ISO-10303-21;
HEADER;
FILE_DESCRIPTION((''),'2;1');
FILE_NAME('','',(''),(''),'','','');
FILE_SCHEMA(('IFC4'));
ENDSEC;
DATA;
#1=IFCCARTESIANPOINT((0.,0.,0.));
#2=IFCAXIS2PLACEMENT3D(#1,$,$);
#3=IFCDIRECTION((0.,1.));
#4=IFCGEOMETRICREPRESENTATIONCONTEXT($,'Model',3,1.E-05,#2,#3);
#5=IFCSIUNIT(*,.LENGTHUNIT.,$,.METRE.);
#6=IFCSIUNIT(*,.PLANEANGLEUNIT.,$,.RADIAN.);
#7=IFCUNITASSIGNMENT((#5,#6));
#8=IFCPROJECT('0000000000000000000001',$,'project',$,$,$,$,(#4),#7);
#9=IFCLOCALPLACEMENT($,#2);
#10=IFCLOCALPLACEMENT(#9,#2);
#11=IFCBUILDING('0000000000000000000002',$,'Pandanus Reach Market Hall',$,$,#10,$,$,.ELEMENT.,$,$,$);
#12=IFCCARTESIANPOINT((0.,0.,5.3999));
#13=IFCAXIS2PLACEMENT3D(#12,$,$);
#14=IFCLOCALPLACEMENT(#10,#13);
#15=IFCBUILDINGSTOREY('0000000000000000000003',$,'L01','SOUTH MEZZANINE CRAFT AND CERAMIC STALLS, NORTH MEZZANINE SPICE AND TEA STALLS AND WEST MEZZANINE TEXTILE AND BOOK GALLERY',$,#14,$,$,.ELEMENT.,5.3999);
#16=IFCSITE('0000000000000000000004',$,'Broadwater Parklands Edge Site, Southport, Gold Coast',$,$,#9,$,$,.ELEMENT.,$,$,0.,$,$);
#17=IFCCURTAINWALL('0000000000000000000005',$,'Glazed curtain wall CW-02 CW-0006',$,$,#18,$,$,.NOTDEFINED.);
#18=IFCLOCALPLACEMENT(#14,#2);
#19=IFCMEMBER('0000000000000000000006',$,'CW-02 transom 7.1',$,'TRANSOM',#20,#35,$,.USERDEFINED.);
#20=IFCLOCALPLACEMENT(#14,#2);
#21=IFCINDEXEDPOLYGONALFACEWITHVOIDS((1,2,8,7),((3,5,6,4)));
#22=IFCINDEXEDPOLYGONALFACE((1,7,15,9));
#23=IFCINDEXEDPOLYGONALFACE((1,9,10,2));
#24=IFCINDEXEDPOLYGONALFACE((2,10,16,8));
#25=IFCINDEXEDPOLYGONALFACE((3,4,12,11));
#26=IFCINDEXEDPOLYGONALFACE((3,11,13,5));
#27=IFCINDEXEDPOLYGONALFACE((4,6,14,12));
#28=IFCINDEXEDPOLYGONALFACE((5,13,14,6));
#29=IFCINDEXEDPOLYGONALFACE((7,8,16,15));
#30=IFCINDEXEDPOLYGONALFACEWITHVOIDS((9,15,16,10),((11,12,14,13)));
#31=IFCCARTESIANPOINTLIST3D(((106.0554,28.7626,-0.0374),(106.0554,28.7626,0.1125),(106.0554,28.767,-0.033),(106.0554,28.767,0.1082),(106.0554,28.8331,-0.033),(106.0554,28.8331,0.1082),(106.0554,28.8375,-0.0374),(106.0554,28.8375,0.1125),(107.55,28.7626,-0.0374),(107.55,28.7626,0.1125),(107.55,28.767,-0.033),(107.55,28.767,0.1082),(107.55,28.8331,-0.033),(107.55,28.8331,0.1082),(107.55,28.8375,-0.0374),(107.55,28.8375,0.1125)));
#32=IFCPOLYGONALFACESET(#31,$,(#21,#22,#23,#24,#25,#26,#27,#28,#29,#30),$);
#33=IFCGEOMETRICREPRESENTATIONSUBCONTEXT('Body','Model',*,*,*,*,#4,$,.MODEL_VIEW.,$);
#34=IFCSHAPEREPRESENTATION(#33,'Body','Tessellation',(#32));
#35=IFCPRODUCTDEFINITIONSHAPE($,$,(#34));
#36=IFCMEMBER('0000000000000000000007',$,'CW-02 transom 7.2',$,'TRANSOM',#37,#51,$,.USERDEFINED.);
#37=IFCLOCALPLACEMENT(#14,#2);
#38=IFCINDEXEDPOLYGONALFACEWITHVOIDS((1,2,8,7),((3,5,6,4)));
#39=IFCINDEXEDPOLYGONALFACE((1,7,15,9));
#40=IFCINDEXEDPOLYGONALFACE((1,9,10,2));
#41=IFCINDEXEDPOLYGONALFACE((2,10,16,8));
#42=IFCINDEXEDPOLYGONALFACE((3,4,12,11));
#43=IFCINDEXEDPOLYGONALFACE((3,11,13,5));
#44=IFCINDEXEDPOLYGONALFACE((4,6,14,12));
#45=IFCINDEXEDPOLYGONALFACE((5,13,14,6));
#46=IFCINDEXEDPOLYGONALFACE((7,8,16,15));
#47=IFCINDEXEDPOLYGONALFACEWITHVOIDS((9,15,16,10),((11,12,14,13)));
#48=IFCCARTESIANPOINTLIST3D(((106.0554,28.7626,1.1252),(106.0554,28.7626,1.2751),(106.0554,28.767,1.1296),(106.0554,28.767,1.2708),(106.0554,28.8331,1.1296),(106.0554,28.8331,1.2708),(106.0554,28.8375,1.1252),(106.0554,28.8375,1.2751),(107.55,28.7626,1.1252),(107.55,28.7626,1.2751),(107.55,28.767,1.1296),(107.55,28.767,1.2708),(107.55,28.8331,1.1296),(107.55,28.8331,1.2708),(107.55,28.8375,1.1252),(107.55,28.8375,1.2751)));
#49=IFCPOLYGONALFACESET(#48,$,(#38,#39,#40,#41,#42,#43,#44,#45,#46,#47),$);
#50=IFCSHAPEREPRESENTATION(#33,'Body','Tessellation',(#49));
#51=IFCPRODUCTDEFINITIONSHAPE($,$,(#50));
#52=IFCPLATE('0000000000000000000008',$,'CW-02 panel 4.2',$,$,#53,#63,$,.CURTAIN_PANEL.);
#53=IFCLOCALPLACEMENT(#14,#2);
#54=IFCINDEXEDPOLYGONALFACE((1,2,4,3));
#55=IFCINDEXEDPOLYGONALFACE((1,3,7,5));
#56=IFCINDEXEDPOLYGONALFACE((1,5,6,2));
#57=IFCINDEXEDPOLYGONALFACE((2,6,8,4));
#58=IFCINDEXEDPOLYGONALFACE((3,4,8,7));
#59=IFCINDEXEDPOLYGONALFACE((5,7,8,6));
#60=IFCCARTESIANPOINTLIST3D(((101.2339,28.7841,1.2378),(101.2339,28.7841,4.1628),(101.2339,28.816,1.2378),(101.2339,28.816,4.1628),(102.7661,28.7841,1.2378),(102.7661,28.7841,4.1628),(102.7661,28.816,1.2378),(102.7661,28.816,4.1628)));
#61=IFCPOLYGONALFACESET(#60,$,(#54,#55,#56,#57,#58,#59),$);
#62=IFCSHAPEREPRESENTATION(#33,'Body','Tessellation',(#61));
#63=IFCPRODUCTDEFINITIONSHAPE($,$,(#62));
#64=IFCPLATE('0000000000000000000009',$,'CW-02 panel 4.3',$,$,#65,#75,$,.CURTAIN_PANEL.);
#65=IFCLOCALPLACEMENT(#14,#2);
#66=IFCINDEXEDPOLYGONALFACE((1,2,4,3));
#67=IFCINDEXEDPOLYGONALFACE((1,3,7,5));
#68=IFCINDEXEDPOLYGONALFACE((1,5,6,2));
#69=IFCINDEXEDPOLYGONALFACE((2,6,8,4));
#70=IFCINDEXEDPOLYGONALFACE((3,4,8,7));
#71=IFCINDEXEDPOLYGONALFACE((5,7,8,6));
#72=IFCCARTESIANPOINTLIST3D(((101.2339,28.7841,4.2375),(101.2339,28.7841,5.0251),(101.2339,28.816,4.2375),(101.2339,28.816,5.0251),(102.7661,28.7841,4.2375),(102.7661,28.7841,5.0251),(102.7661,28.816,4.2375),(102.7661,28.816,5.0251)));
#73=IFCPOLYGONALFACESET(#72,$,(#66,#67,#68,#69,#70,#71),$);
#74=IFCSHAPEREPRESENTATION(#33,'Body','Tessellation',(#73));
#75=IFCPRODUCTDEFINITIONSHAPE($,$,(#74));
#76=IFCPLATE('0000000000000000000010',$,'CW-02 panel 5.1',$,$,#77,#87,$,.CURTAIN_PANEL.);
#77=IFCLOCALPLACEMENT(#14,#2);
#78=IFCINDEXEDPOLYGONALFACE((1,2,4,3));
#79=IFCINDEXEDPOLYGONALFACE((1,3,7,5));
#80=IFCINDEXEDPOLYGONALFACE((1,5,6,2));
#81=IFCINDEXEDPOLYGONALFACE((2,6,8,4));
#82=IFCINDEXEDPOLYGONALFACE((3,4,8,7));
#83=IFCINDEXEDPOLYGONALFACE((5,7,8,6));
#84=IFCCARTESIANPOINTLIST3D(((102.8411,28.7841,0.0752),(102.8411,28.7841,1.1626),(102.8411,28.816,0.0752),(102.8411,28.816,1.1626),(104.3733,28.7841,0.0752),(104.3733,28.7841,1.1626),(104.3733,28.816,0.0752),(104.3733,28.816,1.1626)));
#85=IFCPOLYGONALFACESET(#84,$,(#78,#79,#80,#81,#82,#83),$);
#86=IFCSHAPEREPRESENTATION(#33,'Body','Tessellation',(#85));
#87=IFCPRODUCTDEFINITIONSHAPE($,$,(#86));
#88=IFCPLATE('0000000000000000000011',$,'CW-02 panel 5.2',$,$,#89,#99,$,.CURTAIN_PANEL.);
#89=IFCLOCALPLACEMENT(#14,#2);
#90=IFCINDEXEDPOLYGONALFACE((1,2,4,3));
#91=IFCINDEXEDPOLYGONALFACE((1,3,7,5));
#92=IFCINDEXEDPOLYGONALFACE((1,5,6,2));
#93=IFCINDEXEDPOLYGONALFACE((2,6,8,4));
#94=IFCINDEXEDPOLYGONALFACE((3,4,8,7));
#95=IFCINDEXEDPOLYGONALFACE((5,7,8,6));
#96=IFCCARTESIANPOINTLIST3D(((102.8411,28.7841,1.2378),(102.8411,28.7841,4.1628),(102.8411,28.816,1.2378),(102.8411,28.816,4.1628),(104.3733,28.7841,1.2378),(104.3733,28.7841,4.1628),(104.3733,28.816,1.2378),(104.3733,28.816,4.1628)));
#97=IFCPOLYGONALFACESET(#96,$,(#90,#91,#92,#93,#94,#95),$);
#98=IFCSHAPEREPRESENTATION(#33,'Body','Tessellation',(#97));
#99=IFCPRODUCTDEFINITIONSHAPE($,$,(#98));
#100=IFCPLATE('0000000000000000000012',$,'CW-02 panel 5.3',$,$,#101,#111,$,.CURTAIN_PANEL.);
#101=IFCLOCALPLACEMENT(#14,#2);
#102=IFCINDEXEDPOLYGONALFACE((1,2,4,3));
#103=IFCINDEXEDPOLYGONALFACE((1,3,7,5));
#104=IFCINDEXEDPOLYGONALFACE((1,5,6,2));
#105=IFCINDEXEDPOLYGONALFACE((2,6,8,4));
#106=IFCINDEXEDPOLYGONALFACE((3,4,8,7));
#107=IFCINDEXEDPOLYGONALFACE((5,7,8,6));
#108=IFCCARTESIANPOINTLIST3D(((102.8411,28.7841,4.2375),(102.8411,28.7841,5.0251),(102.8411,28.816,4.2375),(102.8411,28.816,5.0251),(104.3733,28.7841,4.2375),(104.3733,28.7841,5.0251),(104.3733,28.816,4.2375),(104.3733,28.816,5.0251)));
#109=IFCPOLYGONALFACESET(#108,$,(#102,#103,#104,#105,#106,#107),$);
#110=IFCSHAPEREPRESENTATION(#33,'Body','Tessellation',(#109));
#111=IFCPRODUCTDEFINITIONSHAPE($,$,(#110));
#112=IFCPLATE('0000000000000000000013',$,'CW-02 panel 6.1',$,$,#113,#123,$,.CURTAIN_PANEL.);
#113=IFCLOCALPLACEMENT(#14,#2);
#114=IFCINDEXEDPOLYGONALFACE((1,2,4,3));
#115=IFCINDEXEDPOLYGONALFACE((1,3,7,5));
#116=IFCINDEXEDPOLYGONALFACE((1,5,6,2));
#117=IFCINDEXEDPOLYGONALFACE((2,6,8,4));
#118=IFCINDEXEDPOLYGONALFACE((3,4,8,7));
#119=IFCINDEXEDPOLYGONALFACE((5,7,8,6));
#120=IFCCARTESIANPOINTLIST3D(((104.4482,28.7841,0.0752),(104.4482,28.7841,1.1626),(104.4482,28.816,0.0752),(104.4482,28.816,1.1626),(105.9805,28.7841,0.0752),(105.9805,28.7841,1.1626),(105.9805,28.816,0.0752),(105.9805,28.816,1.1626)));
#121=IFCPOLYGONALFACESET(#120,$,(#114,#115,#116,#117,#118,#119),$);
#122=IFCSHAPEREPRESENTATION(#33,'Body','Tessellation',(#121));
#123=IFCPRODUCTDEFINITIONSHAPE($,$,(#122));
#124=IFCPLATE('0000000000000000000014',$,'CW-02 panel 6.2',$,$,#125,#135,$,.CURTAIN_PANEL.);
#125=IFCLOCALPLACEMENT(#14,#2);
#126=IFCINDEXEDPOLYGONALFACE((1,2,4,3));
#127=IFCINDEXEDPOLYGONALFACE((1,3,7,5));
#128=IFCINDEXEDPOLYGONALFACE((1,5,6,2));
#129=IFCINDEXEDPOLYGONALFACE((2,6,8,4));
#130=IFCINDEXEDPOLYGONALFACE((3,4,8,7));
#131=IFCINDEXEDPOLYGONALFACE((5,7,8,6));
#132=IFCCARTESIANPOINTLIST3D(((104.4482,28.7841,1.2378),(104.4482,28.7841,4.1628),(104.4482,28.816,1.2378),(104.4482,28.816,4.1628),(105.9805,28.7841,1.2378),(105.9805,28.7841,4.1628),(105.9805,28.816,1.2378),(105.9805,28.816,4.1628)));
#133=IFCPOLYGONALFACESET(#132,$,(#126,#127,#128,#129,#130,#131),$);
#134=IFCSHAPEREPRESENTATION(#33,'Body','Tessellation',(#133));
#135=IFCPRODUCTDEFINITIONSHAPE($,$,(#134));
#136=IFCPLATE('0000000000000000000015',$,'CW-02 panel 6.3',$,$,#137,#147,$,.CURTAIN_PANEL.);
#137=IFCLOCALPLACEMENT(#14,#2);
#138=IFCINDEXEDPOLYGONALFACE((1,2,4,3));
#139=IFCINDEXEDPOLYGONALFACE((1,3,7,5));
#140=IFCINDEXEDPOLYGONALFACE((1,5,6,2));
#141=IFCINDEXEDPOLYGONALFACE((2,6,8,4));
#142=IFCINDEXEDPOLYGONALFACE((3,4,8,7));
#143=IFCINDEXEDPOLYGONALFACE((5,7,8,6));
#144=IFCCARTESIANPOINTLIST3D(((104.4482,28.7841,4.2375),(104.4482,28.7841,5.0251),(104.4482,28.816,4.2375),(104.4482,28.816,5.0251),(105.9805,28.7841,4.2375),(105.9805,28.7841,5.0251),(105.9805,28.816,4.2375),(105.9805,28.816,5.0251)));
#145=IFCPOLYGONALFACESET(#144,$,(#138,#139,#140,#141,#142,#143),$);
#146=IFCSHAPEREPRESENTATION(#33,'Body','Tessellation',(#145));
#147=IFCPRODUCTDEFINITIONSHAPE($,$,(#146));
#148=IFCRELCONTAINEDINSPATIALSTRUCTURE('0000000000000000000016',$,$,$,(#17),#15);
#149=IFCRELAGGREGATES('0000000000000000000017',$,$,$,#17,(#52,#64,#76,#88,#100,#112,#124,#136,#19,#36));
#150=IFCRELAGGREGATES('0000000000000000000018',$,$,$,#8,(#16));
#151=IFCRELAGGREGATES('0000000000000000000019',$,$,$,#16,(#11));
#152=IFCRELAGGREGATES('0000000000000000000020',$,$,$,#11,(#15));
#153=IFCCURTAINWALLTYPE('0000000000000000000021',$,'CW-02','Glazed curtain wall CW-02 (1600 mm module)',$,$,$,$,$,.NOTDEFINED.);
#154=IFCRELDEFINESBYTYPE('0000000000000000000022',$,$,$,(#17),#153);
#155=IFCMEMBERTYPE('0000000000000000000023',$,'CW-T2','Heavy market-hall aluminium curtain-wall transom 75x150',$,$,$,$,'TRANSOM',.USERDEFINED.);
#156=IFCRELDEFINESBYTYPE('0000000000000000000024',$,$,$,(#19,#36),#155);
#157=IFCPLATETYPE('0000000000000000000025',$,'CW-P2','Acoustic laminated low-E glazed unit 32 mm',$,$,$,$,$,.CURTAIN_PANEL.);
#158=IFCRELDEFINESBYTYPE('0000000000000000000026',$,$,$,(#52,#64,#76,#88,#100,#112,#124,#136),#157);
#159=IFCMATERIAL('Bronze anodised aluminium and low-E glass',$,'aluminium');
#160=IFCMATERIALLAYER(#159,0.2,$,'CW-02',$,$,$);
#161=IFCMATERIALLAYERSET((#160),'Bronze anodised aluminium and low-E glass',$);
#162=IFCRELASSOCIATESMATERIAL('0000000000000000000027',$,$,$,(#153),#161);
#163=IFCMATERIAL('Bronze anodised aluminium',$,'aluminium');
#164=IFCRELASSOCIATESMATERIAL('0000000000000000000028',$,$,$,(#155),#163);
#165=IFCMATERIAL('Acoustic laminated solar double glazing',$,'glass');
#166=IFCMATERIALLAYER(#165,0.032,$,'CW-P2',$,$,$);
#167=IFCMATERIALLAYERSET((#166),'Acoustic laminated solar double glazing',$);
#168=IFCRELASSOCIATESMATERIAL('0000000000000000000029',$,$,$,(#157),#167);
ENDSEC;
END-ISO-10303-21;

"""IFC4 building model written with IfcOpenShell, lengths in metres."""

from ifc_helpers import new_model, si_unit, direction, frame, origin, origin_2d, place, context, subcontext, project, spatial, rectangle, hollow_rectangle, extrude, material, layer, layer_set, material_profile, profile_set, type_object, element, aggregate, save


model = new_model("IFC4")

# Units and contexts
model_context = context("Model", 3, precision=1e-05, world=origin(), true_north=direction((0.0, 1.0)))
body_context = subcontext(model_context, "Body", "Model", "MODEL_VIEW")
ifc_project = project(units=[si_unit("LENGTHUNIT", "METRE"), si_unit("PLANEANGLEUNIT", "RADIAN")], contexts=[model_context])

# Site, building, storey
site_placement = place(None, origin())
site = spatial("IfcSite", under=ifc_project, at=site_placement, Name="Broadwater Parklands Edge Site, Southport, Gold Coast", CompositionType="ELEMENT", RefElevation=0.0)
building_placement = place(site_placement, origin())
building = spatial("IfcBuilding", under=site, at=building_placement, Name="Pandanus Reach Market Hall", CompositionType="ELEMENT")
storey_placement = place(building_placement, frame((0.0, 0.0, 5.3999)))
storey = spatial("IfcBuildingStorey", under=building, at=storey_placement, Name="L01", Description="SOUTH MEZZANINE CRAFT AND CERAMIC STALLS, NORTH MEZZANINE SPICE AND TEA STALLS AND WEST MEZZANINE TEXTILE AND BOOK GALLERY", CompositionType="ELEMENT", Elevation=5.3999)

# Curtain wall, members, plates
ifc_material_1 = material(Name="Bronze anodised aluminium and low-E glass", Category="aluminium")
ifc_layer_1 = layer(ifc_material_1, 0.2, Name="CW-02")
ifc_layer_set_1 = layer_set([ifc_layer_1], Name="Bronze anodised aluminium and low-E glass")
curtain_wall_type = type_object("IfcCurtainWallType", Name="CW-02", Description="Glazed curtain wall CW-02 (1600 mm module)", PredefinedType="NOTDEFINED", material=ifc_layer_set_1)
curtain_wall_placement = place(storey_placement, origin())
curtain_wall = element("IfcCurtainWall", 1, at=curtain_wall_placement, inside=storey, type_object=curtain_wall_type, Name="Glazed curtain wall CW-02 CW-0006", PredefinedType="NOTDEFINED")
ifc_material_2 = material(Name="Bronze anodised aluminium", Category="aluminium")
ifc_material_profile_1 = material_profile(ifc_material_2, hollow_rectangle(XDim=0.075, YDim=0.1499, WallThickness=0.0044, at=origin_2d()), Name="ALU75x150", Category="LoadBearing")
ifc_profile_set_1 = profile_set([ifc_material_profile_1], Name="Bronze anodised aluminium")
member_type_1 = type_object("IfcMemberType", Name="CW-T2", Description="Heavy market-hall aluminium curtain-wall transom 75x150", ElementType="TRANSOM", PredefinedType="USERDEFINED", material=ifc_profile_set_1)
member_1_placement = place(storey_placement, frame((106.0554, 28.8, 0.0376), z_axis=(1.0, 0.0, 0.0), x_axis=(0.0, 1.0, 0.0)))
member_1 = element("IfcMember", 2, at=member_1_placement, type_object=member_type_1, Name="CW-02 transom 7.1", ObjectType="TRANSOM", PredefinedType="USERDEFINED", context=body_context, shape_type="SweptSolid", body=[
    extrude(hollow_rectangle(XDim=0.075, YDim=0.1499, WallThickness=0.0044, at=origin_2d()), origin(), (0.0, 0.0, 1.0), 1.4946),
])
member_2_placement = place(storey_placement, frame((106.0554, 28.8, 1.2002), z_axis=(1.0, 0.0, 0.0), x_axis=(0.0, 1.0, 0.0)))
member_2 = element("IfcMember", 3, at=member_2_placement, type_object=member_type_1, Name="CW-02 transom 7.2", ObjectType="TRANSOM", PredefinedType="USERDEFINED", context=body_context, shape_type="SweptSolid", body=[
    extrude(hollow_rectangle(XDim=0.075, YDim=0.1499, WallThickness=0.0044, at=origin_2d()), origin(), (0.0, 0.0, 1.0), 1.4946),
])
ifc_material_3 = material(Name="Acoustic laminated solar double glazing", Category="glass")
ifc_layer_2 = layer(ifc_material_3, 0.032, Name="CW-P2")
ifc_layer_set_2 = layer_set([ifc_layer_2], Name="Acoustic laminated solar double glazing")
plate_type = type_object("IfcPlateType", Name="CW-P2", Description="Acoustic laminated low-E glazed unit 32 mm", PredefinedType="CURTAIN_PANEL", material=ifc_layer_set_2)
plate_1_placement = place(storey_placement, frame((102.0, 28.8, 1.2378), z_axis=(0.0, 0.0, 1.0), x_axis=(1.0, 0.0, 0.0)))
plate_1 = element("IfcPlate", 4, at=plate_1_placement, type_object=plate_type, Name="CW-02 panel 4.2", PredefinedType="CURTAIN_PANEL", context=body_context, shape_type="SweptSolid", body=[
    extrude(rectangle(XDim=1.5322, YDim=0.032, at=origin_2d()), origin(), (0.0, 0.0, 1.0), 2.925),
])
plate_2_placement = place(storey_placement, frame((102.0, 28.8, 4.2375), z_axis=(0.0, 0.0, 1.0), x_axis=(1.0, 0.0, 0.0)))
plate_2 = element("IfcPlate", 5, at=plate_2_placement, type_object=plate_type, Name="CW-02 panel 4.3", PredefinedType="CURTAIN_PANEL", context=body_context, shape_type="SweptSolid", body=[
    extrude(rectangle(XDim=1.5322, YDim=0.032, at=origin_2d()), origin(), (0.0, 0.0, 1.0), 0.7876),
])
plate_3_placement = place(storey_placement, frame((103.6072, 28.8, 0.0752), z_axis=(0.0, 0.0, 1.0), x_axis=(1.0, 0.0, 0.0)))
plate_3 = element("IfcPlate", 6, at=plate_3_placement, type_object=plate_type, Name="CW-02 panel 5.1", PredefinedType="CURTAIN_PANEL", context=body_context, shape_type="SweptSolid", body=[
    extrude(rectangle(XDim=1.5322, YDim=0.032, at=origin_2d()), origin(), (0.0, 0.0, 1.0), 1.0874),
])
plate_4_placement = place(storey_placement, frame((103.6072, 28.8, 1.2378), z_axis=(0.0, 0.0, 1.0), x_axis=(1.0, 0.0, 0.0)))
plate_4 = element("IfcPlate", 7, at=plate_4_placement, type_object=plate_type, Name="CW-02 panel 5.2", PredefinedType="CURTAIN_PANEL", context=body_context, shape_type="SweptSolid", body=[
    extrude(rectangle(XDim=1.5322, YDim=0.032, at=origin_2d()), origin(), (0.0, 0.0, 1.0), 2.925),
])
plate_5_placement = place(storey_placement, frame((103.6072, 28.8, 4.2375), z_axis=(0.0, 0.0, 1.0), x_axis=(1.0, 0.0, 0.0)))
plate_5 = element("IfcPlate", 8, at=plate_5_placement, type_object=plate_type, Name="CW-02 panel 5.3", PredefinedType="CURTAIN_PANEL", context=body_context, shape_type="SweptSolid", body=[
    extrude(rectangle(XDim=1.5322, YDim=0.032, at=origin_2d()), origin(), (0.0, 0.0, 1.0), 0.7876),
])
plate_6_placement = place(storey_placement, frame((105.2144, 28.8, 0.0752), z_axis=(0.0, 0.0, 1.0), x_axis=(1.0, 0.0, 0.0)))
plate_6 = element("IfcPlate", 9, at=plate_6_placement, type_object=plate_type, Name="CW-02 panel 6.1", PredefinedType="CURTAIN_PANEL", context=body_context, shape_type="SweptSolid", body=[
    extrude(rectangle(XDim=1.5322, YDim=0.032, at=origin_2d()), origin(), (0.0, 0.0, 1.0), 1.0874),
])
plate_7_placement = place(storey_placement, frame((105.2144, 28.8, 1.2378), z_axis=(0.0, 0.0, 1.0), x_axis=(1.0, 0.0, 0.0)))
plate_7 = element("IfcPlate", 10, at=plate_7_placement, type_object=plate_type, Name="CW-02 panel 6.2", PredefinedType="CURTAIN_PANEL", context=body_context, shape_type="SweptSolid", body=[
    extrude(rectangle(XDim=1.5322, YDim=0.032, at=origin_2d()), origin(), (0.0, 0.0, 1.0), 2.925),
])
plate_8_placement = place(storey_placement, frame((105.2144, 28.8, 4.2375), z_axis=(0.0, 0.0, 1.0), x_axis=(1.0, 0.0, 0.0)))
plate_8 = element("IfcPlate", 11, at=plate_8_placement, type_object=plate_type, Name="CW-02 panel 6.3", PredefinedType="CURTAIN_PANEL", context=body_context, shape_type="SweptSolid", body=[
    extrude(rectangle(XDim=1.5322, YDim=0.032, at=origin_2d()), origin(), (0.0, 0.0, 1.0), 0.7876),
])
aggregate(curtain_wall, [plate_1, plate_2, plate_3, plate_4, plate_5, plate_6, plate_7, plate_8, member_1, member_2])

save(model, "model.ifc")
